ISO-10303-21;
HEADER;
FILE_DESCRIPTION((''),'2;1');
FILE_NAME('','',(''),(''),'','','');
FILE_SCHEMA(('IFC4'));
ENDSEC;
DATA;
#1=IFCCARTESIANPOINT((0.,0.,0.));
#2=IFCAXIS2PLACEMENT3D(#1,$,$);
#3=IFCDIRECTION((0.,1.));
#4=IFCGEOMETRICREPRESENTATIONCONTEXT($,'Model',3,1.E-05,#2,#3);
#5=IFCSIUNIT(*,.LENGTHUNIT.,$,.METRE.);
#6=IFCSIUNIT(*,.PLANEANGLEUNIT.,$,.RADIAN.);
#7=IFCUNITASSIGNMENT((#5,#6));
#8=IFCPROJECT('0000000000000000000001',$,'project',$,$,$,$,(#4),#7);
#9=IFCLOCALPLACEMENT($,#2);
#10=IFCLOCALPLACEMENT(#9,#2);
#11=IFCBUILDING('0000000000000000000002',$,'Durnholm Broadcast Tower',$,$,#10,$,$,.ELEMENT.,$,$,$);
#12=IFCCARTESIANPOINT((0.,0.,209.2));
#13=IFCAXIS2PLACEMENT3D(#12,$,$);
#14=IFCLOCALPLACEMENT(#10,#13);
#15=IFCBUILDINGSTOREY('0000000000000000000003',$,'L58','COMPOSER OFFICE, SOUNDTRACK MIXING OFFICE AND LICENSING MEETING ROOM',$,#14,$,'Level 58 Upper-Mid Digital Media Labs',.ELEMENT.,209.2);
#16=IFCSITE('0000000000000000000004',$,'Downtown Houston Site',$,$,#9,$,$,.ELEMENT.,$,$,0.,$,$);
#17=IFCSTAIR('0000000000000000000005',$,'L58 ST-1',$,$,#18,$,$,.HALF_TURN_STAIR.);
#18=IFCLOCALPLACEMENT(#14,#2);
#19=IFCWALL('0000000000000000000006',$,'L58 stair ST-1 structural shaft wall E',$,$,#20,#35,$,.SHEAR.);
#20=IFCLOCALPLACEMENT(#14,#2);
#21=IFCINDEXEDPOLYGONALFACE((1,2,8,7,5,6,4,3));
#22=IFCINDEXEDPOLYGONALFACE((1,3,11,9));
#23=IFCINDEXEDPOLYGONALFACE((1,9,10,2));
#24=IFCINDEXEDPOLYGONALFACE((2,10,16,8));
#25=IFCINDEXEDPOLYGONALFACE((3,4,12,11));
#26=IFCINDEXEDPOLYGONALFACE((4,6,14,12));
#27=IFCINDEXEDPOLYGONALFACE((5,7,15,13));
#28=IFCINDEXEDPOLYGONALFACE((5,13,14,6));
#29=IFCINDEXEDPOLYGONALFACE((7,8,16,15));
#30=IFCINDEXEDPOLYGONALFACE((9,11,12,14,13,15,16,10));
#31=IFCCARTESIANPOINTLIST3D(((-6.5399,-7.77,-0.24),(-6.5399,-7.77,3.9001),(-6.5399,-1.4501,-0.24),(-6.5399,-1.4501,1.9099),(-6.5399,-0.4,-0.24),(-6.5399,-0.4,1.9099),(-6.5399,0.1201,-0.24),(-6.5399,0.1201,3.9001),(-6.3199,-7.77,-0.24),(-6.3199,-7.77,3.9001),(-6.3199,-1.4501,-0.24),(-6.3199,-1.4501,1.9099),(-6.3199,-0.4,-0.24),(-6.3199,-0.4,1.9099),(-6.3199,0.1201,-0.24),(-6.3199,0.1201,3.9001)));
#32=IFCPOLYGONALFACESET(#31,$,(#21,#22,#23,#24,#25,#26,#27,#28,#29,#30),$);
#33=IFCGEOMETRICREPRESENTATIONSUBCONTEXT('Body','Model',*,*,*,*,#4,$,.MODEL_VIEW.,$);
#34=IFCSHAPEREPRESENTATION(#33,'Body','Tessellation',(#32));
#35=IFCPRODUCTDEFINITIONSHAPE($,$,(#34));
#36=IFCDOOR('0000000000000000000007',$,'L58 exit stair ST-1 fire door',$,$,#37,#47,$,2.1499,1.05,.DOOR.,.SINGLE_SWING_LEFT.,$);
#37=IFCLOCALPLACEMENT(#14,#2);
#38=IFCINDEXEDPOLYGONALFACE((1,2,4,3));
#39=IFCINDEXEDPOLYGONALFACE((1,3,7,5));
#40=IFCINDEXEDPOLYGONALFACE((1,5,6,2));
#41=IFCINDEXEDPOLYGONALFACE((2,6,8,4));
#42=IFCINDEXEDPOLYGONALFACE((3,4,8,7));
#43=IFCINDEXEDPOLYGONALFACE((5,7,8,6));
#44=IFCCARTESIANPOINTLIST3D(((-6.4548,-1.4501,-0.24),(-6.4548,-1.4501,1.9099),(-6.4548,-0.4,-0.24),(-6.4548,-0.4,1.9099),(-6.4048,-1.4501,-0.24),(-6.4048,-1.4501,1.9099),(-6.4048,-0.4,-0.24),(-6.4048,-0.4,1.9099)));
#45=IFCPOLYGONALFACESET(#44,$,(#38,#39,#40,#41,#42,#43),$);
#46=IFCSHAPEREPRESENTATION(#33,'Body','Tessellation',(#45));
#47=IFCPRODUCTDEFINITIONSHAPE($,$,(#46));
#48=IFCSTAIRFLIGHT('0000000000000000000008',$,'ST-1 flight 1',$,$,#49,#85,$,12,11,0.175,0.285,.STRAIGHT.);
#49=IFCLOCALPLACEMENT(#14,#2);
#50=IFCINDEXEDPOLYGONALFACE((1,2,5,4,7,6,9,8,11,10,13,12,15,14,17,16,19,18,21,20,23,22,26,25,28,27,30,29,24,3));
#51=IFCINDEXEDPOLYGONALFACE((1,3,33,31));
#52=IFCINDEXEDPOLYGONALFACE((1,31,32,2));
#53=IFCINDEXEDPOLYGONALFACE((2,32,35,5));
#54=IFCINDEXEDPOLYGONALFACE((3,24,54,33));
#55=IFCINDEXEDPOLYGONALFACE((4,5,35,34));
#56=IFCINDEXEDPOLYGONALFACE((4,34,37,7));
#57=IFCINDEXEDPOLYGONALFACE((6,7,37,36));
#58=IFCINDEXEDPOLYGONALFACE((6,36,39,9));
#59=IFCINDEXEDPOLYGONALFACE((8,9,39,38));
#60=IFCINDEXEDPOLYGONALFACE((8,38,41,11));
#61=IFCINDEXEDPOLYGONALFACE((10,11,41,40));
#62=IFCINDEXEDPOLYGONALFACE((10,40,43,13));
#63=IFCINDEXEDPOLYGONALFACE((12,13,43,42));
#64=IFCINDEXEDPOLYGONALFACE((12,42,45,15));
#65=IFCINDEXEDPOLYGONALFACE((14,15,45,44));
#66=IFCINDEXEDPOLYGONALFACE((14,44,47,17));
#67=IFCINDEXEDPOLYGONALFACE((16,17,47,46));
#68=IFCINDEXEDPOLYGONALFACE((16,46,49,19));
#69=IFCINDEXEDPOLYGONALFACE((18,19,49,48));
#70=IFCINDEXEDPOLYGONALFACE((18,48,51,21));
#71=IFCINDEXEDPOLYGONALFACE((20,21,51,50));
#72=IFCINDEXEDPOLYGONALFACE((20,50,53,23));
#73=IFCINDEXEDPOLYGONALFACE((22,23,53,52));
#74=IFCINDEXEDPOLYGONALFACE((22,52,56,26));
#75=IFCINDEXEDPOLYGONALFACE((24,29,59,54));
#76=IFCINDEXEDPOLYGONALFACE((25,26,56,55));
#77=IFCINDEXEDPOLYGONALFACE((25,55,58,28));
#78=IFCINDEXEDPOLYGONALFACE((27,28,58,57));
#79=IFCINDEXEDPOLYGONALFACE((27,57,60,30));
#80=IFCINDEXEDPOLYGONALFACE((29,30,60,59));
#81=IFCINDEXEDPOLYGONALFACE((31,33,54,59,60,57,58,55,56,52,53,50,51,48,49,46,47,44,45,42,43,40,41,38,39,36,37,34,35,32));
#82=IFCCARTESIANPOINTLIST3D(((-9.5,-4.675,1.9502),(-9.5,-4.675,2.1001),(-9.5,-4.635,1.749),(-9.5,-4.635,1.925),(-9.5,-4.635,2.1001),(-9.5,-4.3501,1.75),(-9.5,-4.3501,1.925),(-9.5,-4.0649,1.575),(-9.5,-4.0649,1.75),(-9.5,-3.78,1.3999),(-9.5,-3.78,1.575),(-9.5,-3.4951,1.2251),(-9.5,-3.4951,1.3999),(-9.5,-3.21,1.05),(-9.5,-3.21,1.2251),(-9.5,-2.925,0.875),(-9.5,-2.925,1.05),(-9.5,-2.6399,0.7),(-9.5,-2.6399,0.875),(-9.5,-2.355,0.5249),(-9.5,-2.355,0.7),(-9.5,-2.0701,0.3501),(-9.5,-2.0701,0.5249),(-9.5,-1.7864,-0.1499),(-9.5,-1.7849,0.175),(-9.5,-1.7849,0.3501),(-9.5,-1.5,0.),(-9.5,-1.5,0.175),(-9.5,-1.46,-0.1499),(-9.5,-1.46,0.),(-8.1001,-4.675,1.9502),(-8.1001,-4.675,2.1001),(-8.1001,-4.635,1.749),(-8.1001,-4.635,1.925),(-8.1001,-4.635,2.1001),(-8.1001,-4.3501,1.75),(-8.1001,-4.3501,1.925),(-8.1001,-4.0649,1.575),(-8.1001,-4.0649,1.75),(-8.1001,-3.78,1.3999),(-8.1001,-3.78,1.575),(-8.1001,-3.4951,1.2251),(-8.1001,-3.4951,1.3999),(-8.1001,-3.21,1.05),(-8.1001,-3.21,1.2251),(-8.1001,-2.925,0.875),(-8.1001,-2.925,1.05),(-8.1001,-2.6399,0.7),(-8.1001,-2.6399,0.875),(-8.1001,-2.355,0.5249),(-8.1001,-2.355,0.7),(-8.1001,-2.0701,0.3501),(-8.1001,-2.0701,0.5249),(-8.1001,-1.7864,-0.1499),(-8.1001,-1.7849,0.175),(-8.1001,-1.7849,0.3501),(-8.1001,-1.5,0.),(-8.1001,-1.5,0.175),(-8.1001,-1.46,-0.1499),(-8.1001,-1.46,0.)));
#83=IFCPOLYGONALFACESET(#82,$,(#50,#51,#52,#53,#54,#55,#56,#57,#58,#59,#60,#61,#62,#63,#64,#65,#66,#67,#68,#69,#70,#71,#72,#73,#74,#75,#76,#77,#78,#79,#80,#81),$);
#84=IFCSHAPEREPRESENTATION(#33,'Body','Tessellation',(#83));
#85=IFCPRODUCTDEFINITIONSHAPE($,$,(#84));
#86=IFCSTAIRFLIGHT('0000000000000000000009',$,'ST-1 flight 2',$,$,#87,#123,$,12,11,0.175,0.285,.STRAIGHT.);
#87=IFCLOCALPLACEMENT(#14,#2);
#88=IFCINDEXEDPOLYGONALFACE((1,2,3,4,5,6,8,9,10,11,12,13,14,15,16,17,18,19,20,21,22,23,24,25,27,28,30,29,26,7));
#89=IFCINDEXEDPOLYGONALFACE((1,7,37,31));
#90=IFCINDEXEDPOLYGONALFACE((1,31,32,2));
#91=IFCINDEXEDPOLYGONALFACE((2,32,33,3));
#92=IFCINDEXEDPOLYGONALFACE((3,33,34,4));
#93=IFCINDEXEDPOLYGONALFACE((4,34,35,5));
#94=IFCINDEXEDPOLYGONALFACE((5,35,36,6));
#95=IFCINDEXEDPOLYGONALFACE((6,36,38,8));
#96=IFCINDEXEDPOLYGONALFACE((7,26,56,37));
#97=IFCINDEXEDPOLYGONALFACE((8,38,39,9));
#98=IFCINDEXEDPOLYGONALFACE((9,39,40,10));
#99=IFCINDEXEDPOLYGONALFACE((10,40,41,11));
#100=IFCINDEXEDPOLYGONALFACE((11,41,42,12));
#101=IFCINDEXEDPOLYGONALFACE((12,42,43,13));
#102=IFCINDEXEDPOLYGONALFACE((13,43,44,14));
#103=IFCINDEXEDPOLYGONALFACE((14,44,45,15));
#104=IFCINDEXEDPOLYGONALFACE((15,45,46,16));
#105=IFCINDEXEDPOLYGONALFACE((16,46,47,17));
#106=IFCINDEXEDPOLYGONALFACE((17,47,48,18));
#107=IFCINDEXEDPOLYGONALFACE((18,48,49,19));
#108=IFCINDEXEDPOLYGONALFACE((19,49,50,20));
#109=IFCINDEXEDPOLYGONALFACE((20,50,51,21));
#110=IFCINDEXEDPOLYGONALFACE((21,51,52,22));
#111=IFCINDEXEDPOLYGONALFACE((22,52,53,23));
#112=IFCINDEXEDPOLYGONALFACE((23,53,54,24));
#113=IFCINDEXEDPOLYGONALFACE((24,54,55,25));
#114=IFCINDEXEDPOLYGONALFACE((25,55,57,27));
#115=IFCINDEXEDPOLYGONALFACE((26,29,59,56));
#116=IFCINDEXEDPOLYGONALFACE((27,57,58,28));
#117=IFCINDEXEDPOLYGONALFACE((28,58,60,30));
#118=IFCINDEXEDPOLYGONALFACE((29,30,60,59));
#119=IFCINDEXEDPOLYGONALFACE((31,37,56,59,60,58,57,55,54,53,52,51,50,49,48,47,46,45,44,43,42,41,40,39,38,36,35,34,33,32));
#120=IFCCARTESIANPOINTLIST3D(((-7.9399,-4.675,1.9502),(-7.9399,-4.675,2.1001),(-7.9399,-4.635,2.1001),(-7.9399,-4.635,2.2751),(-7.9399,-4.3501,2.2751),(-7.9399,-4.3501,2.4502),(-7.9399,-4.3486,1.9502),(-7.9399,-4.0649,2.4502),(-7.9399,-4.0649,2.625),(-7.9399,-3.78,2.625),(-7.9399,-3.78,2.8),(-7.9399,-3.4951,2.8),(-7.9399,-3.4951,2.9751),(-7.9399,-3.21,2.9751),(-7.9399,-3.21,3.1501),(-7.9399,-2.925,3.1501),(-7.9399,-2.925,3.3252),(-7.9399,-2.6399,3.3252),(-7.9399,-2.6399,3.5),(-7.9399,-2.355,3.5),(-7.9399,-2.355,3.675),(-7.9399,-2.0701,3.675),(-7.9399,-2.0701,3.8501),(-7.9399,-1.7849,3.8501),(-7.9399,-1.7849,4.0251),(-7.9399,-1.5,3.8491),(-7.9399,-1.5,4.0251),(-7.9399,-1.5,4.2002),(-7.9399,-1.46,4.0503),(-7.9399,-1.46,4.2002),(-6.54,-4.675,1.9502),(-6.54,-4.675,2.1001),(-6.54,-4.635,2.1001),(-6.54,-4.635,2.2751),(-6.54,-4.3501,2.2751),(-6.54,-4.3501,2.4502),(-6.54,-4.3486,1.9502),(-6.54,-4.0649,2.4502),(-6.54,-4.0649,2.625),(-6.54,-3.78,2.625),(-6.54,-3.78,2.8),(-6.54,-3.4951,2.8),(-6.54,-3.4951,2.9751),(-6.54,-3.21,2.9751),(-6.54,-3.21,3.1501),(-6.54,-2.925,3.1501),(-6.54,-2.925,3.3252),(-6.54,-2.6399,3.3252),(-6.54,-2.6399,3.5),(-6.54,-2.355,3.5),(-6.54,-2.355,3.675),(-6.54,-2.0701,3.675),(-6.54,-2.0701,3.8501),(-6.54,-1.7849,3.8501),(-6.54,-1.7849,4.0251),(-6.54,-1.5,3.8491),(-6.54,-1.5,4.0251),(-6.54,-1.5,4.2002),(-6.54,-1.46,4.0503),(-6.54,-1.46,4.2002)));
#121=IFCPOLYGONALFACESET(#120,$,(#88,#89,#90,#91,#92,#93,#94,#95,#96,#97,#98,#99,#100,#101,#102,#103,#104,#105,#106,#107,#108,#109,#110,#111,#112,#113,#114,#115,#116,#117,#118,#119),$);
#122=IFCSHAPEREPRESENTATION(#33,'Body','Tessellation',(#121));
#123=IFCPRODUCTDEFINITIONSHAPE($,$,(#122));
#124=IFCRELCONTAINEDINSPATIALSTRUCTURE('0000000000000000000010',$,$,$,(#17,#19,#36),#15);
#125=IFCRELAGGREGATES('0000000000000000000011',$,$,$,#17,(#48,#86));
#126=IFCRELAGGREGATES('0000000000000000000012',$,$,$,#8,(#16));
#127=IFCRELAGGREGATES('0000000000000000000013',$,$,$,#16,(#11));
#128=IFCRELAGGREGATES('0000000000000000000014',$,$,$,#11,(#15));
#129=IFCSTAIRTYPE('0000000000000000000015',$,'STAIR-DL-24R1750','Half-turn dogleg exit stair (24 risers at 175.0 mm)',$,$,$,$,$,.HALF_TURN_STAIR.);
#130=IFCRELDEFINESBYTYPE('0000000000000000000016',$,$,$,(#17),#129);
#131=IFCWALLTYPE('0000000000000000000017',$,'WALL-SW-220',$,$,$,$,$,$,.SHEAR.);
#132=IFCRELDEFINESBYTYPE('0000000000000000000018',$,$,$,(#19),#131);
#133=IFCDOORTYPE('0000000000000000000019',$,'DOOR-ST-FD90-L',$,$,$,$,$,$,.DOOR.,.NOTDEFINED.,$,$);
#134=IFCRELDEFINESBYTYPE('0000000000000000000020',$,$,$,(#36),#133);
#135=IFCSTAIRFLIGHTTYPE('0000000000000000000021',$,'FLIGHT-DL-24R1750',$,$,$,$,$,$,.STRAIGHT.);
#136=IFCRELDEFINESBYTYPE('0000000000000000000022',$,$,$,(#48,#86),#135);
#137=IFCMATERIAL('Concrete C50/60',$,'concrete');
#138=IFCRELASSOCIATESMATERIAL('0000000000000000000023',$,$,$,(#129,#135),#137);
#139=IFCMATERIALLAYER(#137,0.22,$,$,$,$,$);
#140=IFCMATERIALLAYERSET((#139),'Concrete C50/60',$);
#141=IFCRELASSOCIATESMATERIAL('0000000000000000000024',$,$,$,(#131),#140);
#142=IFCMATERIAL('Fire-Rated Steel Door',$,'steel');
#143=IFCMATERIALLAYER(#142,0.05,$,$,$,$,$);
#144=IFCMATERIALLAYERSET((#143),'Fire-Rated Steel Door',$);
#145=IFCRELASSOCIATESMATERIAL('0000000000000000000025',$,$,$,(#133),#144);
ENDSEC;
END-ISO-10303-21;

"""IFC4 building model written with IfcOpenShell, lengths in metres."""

from ifc_helpers import new_model, si_unit, direction, frame, frame_2d, origin, place, context, subcontext, project, spatial, polyline, rectangle, outline, extrude, source, transform, mapped, material, layer, layer_set, type_object, type_shapes, element, fill, aggregate, save


model = new_model("IFC4")

# Units and contexts
model_context = context("Model", 3, precision=1e-05, world=origin(), true_north=direction((0.0, 1.0)))
body_context = subcontext(model_context, "Body", "Model", "MODEL_VIEW")
ifc_project = project(units=[si_unit("LENGTHUNIT", "METRE"), si_unit("PLANEANGLEUNIT", "RADIAN")], contexts=[model_context])

# Site, building, storey
site_placement = place(None, origin())
site = spatial("IfcSite", under=ifc_project, at=site_placement, Name="Downtown Houston Site", CompositionType="ELEMENT", RefElevation=0.0)
building_placement = place(site_placement, origin())
building = spatial("IfcBuilding", under=site, at=building_placement, Name="Durnholm Broadcast Tower", CompositionType="ELEMENT")
storey_placement = place(building_placement, frame((0.0, 0.0, 209.2)))
storey = spatial("IfcBuildingStorey", under=building, at=storey_placement, Name="L58", Description="COMPOSER OFFICE, SOUNDTRACK MIXING OFFICE AND LICENSING MEETING ROOM", LongName="Level 58 Upper-Mid Digital Media Labs", CompositionType="ELEMENT", Elevation=209.2)

# Shared definitions
ifc_material_1 = material(Name="Concrete C50/60", Category="concrete")

# Stair
stair_type = type_object("IfcStairType", Name="STAIR-DL-24R1750", Description="Half-turn dogleg exit stair (24 risers at 175.0 mm)", PredefinedType="HALF_TURN_STAIR", material=ifc_material_1)
stair_placement = place(storey_placement, origin())
stair = element("IfcStair", 1, at=stair_placement, inside=storey, type_object=stair_type, Name="L58 ST-1", PredefinedType="HALF_TURN_STAIR")

# Wall, opening, door
ifc_layer_1 = layer(ifc_material_1, 0.22)
ifc_layer_set_1 = layer_set([ifc_layer_1], Name="Concrete C50/60")
wall_type_1 = type_object("IfcWallType", Name="WALL-SW-220", PredefinedType="SHEAR", material=ifc_layer_set_1)
wall_1_placement = place(storey_placement, frame((-6.4299, -7.77, -0.24), z_axis=(0.0, 0.0, 1.0), x_axis=(0.0, 1.0, 0.0)))
wall_1 = element("IfcWall", 2, at=wall_1_placement, inside=storey, type_object=wall_type_1, Name="L58 stair ST-1 structural shaft wall E", PredefinedType="SHEAR", context=body_context, shape_type="SweptSolid", body=[
    extrude(rectangle(XDim=7.8901, YDim=0.22, at=frame_2d((3.9451, 0.0))), origin(), (0.0, 0.0, 1.0), 4.1401),
])
opening_1_placement = place(wall_1_placement, frame((6.3201, 0.0, 0.0)))
opening_1 = element("IfcOpeningElement", 3, at=opening_1_placement, cuts=wall_1, PredefinedType="OPENING", context=body_context, shape_type="SweptSolid", body=[
    extrude(rectangle(XDim=1.05, YDim=2.1499, at=frame_2d((0.5249, 1.075))), frame((0.0, 0.1201, 0.0), z_axis=(0.0, -1.0, 0.0), x_axis=(1.0, 0.0, 0.0)), (0.0, 0.0, 1.0), 0.24),
])
ifc_material_2 = material(Name="Fire-Rated Steel Door", Category="steel")
ifc_layer_2 = layer(ifc_material_2, 0.05)
ifc_layer_set_2 = layer_set([ifc_layer_2], Name="Fire-Rated Steel Door")
door_type_1 = type_object("IfcDoorType", Name="DOOR-ST-FD90-L", OperationType="NOTDEFINED", PredefinedType="DOOR", material=ifc_layer_set_2)
shared_shape_1 = source(origin(), body_context, "Body", "SweptSolid", [
    extrude(rectangle(XDim=1.05, YDim=2.1499, at=frame_2d((0.5249, 1.075))), frame((0.0, 0.0249, 0.0), z_axis=(0.0, -1.0, 0.0), x_axis=(1.0, 0.0, 0.0)), (0.0, 0.0, 1.0), 0.05),
])
type_shapes(door_type_1, [shared_shape_1])
door_1_placement = place(opening_1_placement, origin())
door_1 = element("IfcDoor", 4, at=door_1_placement, inside=storey, type_object=door_type_1, Name="L58 exit stair ST-1 fire door", OperationType="SINGLE_SWING_LEFT", OverallHeight=2.1499, OverallWidth=1.05, PredefinedType="DOOR", context=body_context, shape_type="MappedRepresentation", body=[
    mapped(shared_shape_1, transform((0.0, 0.0, 0.0), x_axis=(1.0, 0.0, 0.0), y_axis=(0.0, 1.0, 0.0), z_axis=(0.0, 0.0, 1.0), scale=1.0)),
])
fill(opening_1, door_1)

# Stair flights
stair_flight_type = type_object("IfcStairFlightType", Name="FLIGHT-DL-24R1750", PredefinedType="STRAIGHT", material=ifc_material_1)
stair_flight_1_placement = place(storey_placement, frame((-8.8, -1.5, 0.0), z_axis=(0.0, 0.0, 1.0), x_axis=(0.0, -1.0, 0.0)))
stair_flight_1 = element("IfcStairFlight", 5, at=stair_flight_1_placement, type_object=stair_flight_type, Name="ST-1 flight 1", NumberOfRisers=12, NumberOfTreads=11, PredefinedType="STRAIGHT", RiserHeight=0.175, TreadLength=0.285, context=body_context, shape_type="SweptSolid", body=[
    extrude(outline(polyline([(-0.04, -0.1499), (-0.04, 0.0), (0.0, 0.0), (0.0, 0.175), (0.2849, 0.175), (0.2849, 0.3501), (0.5701, 0.3501), (0.5701, 0.5249), (0.855, 0.5249), (0.855, 0.7), (1.1399, 0.7), (1.1399, 0.875), (1.425, 0.875), (1.425, 1.05), (1.71, 1.05), (1.71, 1.2251), (1.9951, 1.2251), (1.9951, 1.3999), (2.28, 1.3999), (2.28, 1.575), (2.5649, 1.575), (2.5649, 1.75), (2.8501, 1.75), (2.8501, 1.925), (3.135, 1.925), (3.135, 2.1001), (3.175, 2.1001), (3.175, 1.9502), (3.135, 1.749), (0.2864, -0.1499), (-0.04, -0.1499)])), frame((0.0, 0.7, 0.0), z_axis=(0.0, -1.0, 0.0), x_axis=(1.0, 0.0, 0.0)), (0.0, 0.0, 1.0), 1.3999),
])
stair_flight_2_placement = place(storey_placement, frame((-7.24, -4.635, 2.1001), z_axis=(0.0, 0.0, 1.0), x_axis=(0.0, 1.0, 0.0)))
stair_flight_2 = element("IfcStairFlight", 6, at=stair_flight_2_placement, type_object=stair_flight_type, Name="ST-1 flight 2", NumberOfRisers=12, NumberOfTreads=11, PredefinedType="STRAIGHT", RiserHeight=0.175, TreadLength=0.285, context=body_context, shape_type="SweptSolid", body=[
    extrude(outline(polyline([(-0.04, -0.1499), (-0.04, 0.0), (0.0, 0.0), (0.0, 0.175), (0.2849, 0.175), (0.2849, 0.3501), (0.5701, 0.3501), (0.5701, 0.5249), (0.855, 0.5249), (0.855, 0.7), (1.1399, 0.7), (1.1399, 0.875), (1.425, 0.875), (1.425, 1.05), (1.71, 1.05), (1.71, 1.2251), (1.9951, 1.2251), (1.9951, 1.3999), (2.28, 1.3999), (2.28, 1.575), (2.5649, 1.575), (2.5649, 1.75), (2.8501, 1.75), (2.8501, 1.925), (3.135, 1.925), (3.135, 2.1001), (3.175, 2.1001), (3.175, 1.9502), (3.135, 1.749), (0.2864, -0.1499), (-0.04, -0.1499)])), frame((0.0, 0.7, 0.0), z_axis=(0.0, -1.0, 0.0), x_axis=(1.0, 0.0, 0.0)), (0.0, 0.0, 1.0), 1.3999),
])
aggregate(stair, [stair_flight_1, stair_flight_2])

save(model, "model.ifc")
